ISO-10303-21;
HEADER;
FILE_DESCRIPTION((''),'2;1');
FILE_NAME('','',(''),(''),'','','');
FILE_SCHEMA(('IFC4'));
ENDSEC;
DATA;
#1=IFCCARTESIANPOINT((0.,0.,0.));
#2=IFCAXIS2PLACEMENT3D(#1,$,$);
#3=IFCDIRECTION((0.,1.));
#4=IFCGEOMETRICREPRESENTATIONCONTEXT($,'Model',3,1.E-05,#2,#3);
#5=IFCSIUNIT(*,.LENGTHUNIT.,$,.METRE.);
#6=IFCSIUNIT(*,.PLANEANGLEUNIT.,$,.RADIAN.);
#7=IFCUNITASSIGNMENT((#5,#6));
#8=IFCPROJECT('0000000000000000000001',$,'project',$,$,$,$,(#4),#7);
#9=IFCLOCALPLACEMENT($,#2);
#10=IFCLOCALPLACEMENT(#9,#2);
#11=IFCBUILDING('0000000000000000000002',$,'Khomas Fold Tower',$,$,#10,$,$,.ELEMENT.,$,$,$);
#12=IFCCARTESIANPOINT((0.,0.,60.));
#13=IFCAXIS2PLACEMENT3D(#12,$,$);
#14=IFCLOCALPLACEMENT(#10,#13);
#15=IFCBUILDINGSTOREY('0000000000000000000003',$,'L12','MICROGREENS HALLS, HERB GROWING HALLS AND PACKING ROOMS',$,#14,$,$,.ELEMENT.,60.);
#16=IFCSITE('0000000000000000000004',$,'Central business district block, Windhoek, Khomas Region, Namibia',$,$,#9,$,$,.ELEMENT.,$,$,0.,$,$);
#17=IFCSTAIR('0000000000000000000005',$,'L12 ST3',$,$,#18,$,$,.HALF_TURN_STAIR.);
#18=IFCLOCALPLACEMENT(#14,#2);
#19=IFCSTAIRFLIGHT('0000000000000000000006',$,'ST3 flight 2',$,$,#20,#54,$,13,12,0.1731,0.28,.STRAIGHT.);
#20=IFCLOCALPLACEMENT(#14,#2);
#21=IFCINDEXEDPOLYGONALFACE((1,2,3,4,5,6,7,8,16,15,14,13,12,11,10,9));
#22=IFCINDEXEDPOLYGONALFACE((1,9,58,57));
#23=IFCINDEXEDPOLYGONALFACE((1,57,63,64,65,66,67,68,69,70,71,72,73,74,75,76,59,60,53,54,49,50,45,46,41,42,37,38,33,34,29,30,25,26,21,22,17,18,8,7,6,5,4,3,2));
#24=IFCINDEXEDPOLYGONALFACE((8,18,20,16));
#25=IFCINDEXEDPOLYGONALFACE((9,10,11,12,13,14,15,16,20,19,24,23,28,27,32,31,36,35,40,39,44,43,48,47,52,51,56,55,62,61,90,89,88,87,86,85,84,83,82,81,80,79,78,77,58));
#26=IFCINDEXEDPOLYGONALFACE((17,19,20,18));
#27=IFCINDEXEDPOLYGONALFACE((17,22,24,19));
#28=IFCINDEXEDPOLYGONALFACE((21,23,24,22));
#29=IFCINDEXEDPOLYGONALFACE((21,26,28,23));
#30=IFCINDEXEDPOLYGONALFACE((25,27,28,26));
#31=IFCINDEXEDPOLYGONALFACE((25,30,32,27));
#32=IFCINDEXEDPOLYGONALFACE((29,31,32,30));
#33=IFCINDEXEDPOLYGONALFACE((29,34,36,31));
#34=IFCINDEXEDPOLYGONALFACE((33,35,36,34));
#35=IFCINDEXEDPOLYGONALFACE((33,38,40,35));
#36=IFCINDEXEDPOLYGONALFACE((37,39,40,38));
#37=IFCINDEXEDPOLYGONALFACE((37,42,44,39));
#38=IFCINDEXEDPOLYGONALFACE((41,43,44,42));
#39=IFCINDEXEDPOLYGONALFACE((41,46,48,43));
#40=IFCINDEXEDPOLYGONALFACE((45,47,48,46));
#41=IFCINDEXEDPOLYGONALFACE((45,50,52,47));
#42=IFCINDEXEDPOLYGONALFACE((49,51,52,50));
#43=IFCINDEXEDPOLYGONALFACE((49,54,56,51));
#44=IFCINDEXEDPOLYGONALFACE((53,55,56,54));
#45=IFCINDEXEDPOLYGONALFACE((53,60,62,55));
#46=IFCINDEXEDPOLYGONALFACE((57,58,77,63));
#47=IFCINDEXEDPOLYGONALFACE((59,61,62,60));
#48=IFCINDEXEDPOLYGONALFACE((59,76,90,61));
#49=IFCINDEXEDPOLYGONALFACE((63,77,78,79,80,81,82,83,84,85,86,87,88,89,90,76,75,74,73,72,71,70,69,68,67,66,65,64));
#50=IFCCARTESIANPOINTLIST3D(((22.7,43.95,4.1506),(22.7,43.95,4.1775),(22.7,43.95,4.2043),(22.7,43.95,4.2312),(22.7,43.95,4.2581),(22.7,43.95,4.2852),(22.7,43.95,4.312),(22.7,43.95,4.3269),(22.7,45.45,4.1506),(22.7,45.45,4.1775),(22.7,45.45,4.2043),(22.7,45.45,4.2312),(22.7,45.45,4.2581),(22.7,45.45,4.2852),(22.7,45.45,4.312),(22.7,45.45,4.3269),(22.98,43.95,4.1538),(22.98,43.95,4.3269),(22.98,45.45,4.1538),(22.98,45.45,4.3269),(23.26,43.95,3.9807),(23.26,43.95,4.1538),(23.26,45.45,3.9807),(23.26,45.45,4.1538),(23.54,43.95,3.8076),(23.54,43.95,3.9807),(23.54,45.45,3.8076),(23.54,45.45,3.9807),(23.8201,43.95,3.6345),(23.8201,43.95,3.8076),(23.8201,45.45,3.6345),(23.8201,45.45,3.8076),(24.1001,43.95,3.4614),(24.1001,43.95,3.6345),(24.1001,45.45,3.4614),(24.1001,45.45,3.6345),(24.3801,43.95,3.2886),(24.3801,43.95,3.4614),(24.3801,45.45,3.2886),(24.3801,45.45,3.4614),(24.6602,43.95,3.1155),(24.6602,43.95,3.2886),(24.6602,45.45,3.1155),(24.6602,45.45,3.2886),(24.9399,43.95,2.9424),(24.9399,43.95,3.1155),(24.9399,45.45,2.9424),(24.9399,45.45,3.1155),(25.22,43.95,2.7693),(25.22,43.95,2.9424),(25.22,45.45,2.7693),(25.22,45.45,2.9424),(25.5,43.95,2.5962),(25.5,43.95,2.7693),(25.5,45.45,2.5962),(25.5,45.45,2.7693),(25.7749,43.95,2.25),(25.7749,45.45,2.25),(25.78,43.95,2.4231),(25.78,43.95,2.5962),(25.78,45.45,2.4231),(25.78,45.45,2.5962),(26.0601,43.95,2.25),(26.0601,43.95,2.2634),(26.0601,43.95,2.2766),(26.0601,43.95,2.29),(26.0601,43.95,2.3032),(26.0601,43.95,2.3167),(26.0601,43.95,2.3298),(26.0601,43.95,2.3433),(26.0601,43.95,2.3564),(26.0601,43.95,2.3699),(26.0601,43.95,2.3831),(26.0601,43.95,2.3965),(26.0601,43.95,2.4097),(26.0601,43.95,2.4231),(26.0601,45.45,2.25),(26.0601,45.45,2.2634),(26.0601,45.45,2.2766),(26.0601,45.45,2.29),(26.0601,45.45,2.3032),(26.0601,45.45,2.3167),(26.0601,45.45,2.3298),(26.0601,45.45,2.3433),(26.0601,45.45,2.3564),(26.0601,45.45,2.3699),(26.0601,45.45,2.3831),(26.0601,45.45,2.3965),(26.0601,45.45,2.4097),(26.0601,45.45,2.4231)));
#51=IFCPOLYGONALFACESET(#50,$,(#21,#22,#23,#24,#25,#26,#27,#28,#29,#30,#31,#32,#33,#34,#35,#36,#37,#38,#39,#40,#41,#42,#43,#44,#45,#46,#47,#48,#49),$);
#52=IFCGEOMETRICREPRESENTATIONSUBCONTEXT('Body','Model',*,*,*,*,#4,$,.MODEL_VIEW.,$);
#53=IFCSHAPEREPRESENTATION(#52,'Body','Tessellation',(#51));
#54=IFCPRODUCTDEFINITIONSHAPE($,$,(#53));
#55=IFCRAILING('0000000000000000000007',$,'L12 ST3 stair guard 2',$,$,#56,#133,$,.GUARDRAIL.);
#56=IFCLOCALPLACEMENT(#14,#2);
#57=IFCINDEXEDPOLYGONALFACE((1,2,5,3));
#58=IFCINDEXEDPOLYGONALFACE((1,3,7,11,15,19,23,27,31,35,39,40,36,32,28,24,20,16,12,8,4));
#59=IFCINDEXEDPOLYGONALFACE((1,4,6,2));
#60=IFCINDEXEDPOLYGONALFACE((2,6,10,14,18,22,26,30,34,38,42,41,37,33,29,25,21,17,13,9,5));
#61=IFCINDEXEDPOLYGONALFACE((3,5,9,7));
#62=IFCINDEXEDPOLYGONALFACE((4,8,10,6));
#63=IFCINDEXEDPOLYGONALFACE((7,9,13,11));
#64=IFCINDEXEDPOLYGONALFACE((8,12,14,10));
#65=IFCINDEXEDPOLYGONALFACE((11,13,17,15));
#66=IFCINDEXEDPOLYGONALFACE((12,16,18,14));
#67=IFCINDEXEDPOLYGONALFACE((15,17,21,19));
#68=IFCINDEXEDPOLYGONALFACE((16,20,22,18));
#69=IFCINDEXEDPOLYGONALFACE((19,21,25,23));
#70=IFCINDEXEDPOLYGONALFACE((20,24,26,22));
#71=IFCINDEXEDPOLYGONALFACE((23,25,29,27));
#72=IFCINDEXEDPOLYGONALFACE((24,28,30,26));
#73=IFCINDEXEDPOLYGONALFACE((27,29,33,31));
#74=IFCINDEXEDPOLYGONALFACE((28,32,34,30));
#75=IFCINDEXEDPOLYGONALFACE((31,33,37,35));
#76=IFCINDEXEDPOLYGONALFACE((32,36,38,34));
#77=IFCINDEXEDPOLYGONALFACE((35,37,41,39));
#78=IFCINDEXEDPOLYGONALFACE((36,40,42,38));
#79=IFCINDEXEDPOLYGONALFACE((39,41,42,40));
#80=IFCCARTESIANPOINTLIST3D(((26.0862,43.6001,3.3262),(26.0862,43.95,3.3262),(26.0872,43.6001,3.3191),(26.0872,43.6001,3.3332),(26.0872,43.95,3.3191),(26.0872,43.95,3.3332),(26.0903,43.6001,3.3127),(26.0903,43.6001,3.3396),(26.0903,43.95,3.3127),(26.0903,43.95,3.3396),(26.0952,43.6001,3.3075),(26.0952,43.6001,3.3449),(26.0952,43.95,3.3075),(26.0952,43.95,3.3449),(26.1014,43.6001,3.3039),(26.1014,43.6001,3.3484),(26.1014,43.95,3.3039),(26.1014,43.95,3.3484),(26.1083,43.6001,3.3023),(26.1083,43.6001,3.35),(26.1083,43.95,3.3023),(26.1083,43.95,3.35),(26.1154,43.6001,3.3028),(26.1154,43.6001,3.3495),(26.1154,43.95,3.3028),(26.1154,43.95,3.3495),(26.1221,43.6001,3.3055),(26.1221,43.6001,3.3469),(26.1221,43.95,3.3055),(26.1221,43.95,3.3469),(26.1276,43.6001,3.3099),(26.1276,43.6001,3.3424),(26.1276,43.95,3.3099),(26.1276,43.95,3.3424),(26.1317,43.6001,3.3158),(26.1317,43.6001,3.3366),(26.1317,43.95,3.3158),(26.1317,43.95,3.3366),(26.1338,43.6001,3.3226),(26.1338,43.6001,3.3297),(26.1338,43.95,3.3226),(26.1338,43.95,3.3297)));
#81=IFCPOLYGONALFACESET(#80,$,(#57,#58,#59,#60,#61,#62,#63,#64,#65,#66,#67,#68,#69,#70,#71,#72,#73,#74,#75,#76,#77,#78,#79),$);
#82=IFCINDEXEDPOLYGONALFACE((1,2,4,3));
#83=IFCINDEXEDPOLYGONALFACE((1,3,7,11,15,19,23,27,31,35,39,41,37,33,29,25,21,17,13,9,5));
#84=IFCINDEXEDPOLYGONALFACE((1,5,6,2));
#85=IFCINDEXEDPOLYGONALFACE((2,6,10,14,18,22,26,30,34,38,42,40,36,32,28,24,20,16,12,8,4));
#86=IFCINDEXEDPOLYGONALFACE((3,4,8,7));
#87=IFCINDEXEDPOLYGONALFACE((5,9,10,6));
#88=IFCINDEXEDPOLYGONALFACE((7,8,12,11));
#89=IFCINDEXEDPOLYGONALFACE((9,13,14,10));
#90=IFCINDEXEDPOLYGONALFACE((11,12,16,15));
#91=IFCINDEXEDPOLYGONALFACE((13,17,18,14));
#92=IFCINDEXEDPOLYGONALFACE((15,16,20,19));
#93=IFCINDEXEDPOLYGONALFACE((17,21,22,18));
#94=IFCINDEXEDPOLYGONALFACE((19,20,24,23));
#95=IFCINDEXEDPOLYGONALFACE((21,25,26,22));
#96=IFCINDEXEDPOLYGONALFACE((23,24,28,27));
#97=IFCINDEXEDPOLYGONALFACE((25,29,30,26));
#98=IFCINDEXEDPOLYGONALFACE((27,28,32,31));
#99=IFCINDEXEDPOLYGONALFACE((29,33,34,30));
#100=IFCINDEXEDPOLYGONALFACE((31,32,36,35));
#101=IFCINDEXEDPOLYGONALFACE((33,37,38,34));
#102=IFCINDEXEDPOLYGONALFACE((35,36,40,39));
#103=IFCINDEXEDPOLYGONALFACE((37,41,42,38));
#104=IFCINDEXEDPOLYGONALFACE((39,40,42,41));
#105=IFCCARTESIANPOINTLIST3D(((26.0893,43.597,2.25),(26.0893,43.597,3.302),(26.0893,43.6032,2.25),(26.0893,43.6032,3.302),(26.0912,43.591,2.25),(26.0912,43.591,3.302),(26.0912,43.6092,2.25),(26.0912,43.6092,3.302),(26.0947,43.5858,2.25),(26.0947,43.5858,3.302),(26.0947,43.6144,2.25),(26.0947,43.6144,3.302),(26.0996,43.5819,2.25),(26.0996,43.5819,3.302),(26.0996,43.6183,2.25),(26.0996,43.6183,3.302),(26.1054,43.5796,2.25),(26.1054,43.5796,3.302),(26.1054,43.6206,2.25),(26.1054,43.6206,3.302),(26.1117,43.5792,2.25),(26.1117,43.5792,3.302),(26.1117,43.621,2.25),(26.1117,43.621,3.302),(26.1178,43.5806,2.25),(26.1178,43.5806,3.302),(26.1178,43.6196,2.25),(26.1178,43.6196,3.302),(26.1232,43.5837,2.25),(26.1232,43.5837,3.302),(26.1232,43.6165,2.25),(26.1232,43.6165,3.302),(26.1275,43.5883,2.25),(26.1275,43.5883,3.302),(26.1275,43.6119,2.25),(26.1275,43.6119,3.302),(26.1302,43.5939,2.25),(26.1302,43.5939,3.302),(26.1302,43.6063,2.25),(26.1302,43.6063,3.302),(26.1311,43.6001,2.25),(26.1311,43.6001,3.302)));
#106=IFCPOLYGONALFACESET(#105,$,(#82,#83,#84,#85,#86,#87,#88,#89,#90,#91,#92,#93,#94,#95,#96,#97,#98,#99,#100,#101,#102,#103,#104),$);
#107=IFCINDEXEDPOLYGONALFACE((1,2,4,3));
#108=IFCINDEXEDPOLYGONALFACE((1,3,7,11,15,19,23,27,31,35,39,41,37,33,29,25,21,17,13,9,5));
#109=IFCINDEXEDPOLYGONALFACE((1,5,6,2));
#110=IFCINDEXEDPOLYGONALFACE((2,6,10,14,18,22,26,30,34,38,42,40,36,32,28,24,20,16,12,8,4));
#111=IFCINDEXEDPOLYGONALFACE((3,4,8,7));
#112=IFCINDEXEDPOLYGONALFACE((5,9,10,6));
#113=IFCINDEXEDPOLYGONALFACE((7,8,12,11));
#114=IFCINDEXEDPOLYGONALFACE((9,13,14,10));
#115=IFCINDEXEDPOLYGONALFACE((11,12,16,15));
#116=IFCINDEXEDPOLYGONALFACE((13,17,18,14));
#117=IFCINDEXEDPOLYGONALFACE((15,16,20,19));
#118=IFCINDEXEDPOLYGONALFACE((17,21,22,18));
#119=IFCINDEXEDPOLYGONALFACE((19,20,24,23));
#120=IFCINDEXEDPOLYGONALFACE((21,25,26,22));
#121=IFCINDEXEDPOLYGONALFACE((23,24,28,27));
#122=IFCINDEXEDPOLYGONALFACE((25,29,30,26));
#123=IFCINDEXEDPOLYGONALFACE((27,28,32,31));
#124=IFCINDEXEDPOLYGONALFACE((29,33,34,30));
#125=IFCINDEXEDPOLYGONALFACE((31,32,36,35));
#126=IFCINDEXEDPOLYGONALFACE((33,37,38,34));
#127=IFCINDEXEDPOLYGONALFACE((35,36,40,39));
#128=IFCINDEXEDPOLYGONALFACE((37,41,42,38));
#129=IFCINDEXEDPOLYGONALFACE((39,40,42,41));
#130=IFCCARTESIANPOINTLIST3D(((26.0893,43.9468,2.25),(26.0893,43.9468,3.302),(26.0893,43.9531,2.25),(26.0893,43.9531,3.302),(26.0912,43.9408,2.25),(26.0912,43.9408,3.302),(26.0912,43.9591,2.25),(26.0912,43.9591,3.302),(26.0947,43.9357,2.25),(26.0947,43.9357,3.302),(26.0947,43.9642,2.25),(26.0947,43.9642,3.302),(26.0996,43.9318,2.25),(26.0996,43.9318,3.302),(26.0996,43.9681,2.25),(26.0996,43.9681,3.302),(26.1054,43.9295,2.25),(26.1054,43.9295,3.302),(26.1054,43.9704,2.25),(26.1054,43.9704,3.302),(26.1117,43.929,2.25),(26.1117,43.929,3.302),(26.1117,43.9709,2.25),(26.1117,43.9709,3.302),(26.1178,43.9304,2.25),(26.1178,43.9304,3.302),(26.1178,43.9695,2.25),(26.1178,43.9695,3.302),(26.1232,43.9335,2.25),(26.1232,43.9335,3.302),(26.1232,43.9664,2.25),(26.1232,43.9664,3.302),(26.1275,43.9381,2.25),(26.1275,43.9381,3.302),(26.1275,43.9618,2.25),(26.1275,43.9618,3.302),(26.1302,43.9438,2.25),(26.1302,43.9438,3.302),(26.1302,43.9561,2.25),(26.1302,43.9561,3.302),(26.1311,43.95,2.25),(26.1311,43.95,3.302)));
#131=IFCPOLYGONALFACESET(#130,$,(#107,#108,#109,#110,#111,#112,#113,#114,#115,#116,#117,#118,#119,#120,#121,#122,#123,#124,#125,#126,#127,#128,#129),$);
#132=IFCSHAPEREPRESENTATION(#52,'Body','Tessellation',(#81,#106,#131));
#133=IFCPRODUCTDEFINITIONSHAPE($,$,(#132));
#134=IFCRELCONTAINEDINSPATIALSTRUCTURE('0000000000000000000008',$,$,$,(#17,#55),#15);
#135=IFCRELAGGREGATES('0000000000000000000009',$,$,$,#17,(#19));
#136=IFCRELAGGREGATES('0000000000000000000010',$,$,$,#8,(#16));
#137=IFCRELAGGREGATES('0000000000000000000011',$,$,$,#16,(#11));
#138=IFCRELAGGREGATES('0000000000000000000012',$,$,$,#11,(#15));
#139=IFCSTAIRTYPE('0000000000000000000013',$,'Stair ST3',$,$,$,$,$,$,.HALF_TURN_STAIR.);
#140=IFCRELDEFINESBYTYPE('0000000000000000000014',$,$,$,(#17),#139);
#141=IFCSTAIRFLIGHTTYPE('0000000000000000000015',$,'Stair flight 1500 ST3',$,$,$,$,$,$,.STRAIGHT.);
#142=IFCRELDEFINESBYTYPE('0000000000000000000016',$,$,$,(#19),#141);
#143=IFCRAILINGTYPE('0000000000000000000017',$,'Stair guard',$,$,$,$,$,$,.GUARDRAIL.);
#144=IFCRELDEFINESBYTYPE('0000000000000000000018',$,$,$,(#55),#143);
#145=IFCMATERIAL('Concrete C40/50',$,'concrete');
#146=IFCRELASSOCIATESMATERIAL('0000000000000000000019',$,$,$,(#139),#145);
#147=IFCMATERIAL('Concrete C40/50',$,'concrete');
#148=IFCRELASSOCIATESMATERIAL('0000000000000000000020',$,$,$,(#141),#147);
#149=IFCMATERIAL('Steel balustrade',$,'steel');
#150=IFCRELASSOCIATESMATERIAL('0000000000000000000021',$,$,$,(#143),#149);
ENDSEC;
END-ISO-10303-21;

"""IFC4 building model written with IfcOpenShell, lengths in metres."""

from ifc_helpers import new_model, si_unit, direction, frame, origin, origin_2d, place, context, subcontext, project, spatial, polyline, circle, outline, extrude, source, transform, mapped, material, type_object, element, aggregate, save


model = new_model("IFC4")

# Units and contexts
model_context = context("Model", 3, precision=1e-05, world=origin(), true_north=direction((0.0, 1.0)))
body_context = subcontext(model_context, "Body", "Model", "MODEL_VIEW")
ifc_project = project(units=[si_unit("LENGTHUNIT", "METRE"), si_unit("PLANEANGLEUNIT", "RADIAN")], contexts=[model_context])

# Site, building, storey
site_placement = place(None, origin())
site = spatial("IfcSite", under=ifc_project, at=site_placement, Name="Central business district block, Windhoek, Khomas Region, Namibia", CompositionType="ELEMENT", RefElevation=0.0)
building_placement = place(site_placement, origin())
building = spatial("IfcBuilding", under=site, at=building_placement, Name="Khomas Fold Tower", CompositionType="ELEMENT")
storey_placement = place(building_placement, frame((0.0, 0.0, 60.0)))
storey = spatial("IfcBuildingStorey", under=building, at=storey_placement, Name="L12", Description="MICROGREENS HALLS, HERB GROWING HALLS AND PACKING ROOMS", CompositionType="ELEMENT", Elevation=60.0)

# Stair, stair flight
ifc_material_1 = material(Name="Concrete C40/50", Category="concrete")
stair_type = type_object("IfcStairType", Name="Stair ST3", PredefinedType="HALF_TURN_STAIR", material=ifc_material_1)
stair_placement = place(storey_placement, origin())
stair = element("IfcStair", 1, at=stair_placement, inside=storey, type_object=stair_type, Name="L12 ST3", PredefinedType="HALF_TURN_STAIR")
ifc_material_2 = material(Name="Concrete C40/50", Category="concrete")
stair_flight_type = type_object("IfcStairFlightType", Name="Stair flight 1500 ST3", PredefinedType="STRAIGHT", material=ifc_material_2)
shared_shape_1 = source(origin(), body_context, "Body", "SweptSolid", [
    extrude(outline(polyline([(0.0, 0.0), (0.0, 0.0134), (0.0, 0.0266), (0.0, 0.04), (0.0, 0.0532), (0.0, 0.0667), (0.0, 0.0798), (0.0, 0.0933), (0.0, 0.1064), (0.0, 0.1199), (0.0, 0.1331), (0.0, 0.1465), (0.0, 0.1597), (0.0, 0.1731), (0.28, 0.1731), (0.28, 0.3462), (0.5601, 0.3462), (0.5601, 0.5193), (0.8401, 0.5193), (0.8401, 0.6924), (1.1201, 0.6924), (1.1201, 0.8655), (1.3999, 0.8655), (1.3999, 1.0386), (1.6799, 1.0386), (1.6799, 1.2114), (1.96, 1.2114), (1.96, 1.3845), (2.24, 1.3845), (2.24, 1.5576), (2.52, 1.5576), (2.52, 1.7307), (2.8, 1.7307), (2.8, 1.9038), (3.0801, 1.9038), (3.0801, 2.0769), (3.3601, 2.0769), (3.3601, 2.25), (3.3601, 2.2231), (3.3601, 2.1963), (3.3601, 2.1694), (3.3601, 2.1426), (3.3601, 2.1157), (3.3601, 2.0889), (3.3601, 2.062), (3.3601, 2.0352), (3.3601, 2.0081), (3.3601, 1.9812), (3.3601, 1.9543), (3.3601, 1.9275), (3.3601, 1.9006), (0.2852, 0.0), (0.0, 0.0)])), frame((0.0, 0.75, 0.0), z_axis=(0.0, -1.0, 0.0), x_axis=(1.0, 0.0, 0.0)), (0.0, 0.0, 1.0), 1.5),
])
stair_flight_1_placement = place(storey_placement, frame((26.0601, 44.7, 2.25), z_axis=(0.0, 0.0, 1.0), x_axis=(-1.0, 0.0, 0.0)))
stair_flight_1 = element("IfcStairFlight", 2, at=stair_flight_1_placement, type_object=stair_flight_type, Name="ST3 flight 2", NumberOfRisers=13, NumberOfTreads=12, PredefinedType="STRAIGHT", RiserHeight=0.1731, TreadLength=0.28, context=body_context, shape_type="MappedRepresentation", body=[
    mapped(shared_shape_1, transform((0.0, 0.0, 0.0))),
])
aggregate(stair, [stair_flight_1])

# Railing
ifc_material_3 = material(Name="Steel balustrade", Category="steel")
railing_type_1 = type_object("IfcRailingType", Name="Stair guard", PredefinedType="GUARDRAIL", material=ifc_material_3)
shared_shape_2 = source(origin(), body_context, "Body", "SweptSolid", [
    extrude(circle(Radius=0.0239, at=origin_2d()), frame((0.0, 0.0, 1.0762), z_axis=(0.0, 1.0, 0.0), x_axis=(-1.0, 0.0, 0.0)), (0.0, 0.0, 1.0), 0.3499),
    extrude(circle(Radius=0.021, at=origin_2d()), origin(), (0.0, 0.0, 1.0), 1.052),
    extrude(circle(Radius=0.021, at=origin_2d()), frame((0.0, 0.3499, 0.0)), (0.0, 0.0, 1.0), 1.052),
])
for number, where, name in (
    (3, (26.1101, 43.6001, 2.25), "L12 ST3 stair guard 2"),
):
    element("IfcRailing", number, at=place(storey_placement, frame(where)), inside=storey, type_object=railing_type_1, Name=name, PredefinedType="GUARDRAIL", context=body_context, shape_type="MappedRepresentation", body=[
        mapped(shared_shape_2, transform((0.0, 0.0, 0.0))),
    ])

save(model, "model.ifc")
